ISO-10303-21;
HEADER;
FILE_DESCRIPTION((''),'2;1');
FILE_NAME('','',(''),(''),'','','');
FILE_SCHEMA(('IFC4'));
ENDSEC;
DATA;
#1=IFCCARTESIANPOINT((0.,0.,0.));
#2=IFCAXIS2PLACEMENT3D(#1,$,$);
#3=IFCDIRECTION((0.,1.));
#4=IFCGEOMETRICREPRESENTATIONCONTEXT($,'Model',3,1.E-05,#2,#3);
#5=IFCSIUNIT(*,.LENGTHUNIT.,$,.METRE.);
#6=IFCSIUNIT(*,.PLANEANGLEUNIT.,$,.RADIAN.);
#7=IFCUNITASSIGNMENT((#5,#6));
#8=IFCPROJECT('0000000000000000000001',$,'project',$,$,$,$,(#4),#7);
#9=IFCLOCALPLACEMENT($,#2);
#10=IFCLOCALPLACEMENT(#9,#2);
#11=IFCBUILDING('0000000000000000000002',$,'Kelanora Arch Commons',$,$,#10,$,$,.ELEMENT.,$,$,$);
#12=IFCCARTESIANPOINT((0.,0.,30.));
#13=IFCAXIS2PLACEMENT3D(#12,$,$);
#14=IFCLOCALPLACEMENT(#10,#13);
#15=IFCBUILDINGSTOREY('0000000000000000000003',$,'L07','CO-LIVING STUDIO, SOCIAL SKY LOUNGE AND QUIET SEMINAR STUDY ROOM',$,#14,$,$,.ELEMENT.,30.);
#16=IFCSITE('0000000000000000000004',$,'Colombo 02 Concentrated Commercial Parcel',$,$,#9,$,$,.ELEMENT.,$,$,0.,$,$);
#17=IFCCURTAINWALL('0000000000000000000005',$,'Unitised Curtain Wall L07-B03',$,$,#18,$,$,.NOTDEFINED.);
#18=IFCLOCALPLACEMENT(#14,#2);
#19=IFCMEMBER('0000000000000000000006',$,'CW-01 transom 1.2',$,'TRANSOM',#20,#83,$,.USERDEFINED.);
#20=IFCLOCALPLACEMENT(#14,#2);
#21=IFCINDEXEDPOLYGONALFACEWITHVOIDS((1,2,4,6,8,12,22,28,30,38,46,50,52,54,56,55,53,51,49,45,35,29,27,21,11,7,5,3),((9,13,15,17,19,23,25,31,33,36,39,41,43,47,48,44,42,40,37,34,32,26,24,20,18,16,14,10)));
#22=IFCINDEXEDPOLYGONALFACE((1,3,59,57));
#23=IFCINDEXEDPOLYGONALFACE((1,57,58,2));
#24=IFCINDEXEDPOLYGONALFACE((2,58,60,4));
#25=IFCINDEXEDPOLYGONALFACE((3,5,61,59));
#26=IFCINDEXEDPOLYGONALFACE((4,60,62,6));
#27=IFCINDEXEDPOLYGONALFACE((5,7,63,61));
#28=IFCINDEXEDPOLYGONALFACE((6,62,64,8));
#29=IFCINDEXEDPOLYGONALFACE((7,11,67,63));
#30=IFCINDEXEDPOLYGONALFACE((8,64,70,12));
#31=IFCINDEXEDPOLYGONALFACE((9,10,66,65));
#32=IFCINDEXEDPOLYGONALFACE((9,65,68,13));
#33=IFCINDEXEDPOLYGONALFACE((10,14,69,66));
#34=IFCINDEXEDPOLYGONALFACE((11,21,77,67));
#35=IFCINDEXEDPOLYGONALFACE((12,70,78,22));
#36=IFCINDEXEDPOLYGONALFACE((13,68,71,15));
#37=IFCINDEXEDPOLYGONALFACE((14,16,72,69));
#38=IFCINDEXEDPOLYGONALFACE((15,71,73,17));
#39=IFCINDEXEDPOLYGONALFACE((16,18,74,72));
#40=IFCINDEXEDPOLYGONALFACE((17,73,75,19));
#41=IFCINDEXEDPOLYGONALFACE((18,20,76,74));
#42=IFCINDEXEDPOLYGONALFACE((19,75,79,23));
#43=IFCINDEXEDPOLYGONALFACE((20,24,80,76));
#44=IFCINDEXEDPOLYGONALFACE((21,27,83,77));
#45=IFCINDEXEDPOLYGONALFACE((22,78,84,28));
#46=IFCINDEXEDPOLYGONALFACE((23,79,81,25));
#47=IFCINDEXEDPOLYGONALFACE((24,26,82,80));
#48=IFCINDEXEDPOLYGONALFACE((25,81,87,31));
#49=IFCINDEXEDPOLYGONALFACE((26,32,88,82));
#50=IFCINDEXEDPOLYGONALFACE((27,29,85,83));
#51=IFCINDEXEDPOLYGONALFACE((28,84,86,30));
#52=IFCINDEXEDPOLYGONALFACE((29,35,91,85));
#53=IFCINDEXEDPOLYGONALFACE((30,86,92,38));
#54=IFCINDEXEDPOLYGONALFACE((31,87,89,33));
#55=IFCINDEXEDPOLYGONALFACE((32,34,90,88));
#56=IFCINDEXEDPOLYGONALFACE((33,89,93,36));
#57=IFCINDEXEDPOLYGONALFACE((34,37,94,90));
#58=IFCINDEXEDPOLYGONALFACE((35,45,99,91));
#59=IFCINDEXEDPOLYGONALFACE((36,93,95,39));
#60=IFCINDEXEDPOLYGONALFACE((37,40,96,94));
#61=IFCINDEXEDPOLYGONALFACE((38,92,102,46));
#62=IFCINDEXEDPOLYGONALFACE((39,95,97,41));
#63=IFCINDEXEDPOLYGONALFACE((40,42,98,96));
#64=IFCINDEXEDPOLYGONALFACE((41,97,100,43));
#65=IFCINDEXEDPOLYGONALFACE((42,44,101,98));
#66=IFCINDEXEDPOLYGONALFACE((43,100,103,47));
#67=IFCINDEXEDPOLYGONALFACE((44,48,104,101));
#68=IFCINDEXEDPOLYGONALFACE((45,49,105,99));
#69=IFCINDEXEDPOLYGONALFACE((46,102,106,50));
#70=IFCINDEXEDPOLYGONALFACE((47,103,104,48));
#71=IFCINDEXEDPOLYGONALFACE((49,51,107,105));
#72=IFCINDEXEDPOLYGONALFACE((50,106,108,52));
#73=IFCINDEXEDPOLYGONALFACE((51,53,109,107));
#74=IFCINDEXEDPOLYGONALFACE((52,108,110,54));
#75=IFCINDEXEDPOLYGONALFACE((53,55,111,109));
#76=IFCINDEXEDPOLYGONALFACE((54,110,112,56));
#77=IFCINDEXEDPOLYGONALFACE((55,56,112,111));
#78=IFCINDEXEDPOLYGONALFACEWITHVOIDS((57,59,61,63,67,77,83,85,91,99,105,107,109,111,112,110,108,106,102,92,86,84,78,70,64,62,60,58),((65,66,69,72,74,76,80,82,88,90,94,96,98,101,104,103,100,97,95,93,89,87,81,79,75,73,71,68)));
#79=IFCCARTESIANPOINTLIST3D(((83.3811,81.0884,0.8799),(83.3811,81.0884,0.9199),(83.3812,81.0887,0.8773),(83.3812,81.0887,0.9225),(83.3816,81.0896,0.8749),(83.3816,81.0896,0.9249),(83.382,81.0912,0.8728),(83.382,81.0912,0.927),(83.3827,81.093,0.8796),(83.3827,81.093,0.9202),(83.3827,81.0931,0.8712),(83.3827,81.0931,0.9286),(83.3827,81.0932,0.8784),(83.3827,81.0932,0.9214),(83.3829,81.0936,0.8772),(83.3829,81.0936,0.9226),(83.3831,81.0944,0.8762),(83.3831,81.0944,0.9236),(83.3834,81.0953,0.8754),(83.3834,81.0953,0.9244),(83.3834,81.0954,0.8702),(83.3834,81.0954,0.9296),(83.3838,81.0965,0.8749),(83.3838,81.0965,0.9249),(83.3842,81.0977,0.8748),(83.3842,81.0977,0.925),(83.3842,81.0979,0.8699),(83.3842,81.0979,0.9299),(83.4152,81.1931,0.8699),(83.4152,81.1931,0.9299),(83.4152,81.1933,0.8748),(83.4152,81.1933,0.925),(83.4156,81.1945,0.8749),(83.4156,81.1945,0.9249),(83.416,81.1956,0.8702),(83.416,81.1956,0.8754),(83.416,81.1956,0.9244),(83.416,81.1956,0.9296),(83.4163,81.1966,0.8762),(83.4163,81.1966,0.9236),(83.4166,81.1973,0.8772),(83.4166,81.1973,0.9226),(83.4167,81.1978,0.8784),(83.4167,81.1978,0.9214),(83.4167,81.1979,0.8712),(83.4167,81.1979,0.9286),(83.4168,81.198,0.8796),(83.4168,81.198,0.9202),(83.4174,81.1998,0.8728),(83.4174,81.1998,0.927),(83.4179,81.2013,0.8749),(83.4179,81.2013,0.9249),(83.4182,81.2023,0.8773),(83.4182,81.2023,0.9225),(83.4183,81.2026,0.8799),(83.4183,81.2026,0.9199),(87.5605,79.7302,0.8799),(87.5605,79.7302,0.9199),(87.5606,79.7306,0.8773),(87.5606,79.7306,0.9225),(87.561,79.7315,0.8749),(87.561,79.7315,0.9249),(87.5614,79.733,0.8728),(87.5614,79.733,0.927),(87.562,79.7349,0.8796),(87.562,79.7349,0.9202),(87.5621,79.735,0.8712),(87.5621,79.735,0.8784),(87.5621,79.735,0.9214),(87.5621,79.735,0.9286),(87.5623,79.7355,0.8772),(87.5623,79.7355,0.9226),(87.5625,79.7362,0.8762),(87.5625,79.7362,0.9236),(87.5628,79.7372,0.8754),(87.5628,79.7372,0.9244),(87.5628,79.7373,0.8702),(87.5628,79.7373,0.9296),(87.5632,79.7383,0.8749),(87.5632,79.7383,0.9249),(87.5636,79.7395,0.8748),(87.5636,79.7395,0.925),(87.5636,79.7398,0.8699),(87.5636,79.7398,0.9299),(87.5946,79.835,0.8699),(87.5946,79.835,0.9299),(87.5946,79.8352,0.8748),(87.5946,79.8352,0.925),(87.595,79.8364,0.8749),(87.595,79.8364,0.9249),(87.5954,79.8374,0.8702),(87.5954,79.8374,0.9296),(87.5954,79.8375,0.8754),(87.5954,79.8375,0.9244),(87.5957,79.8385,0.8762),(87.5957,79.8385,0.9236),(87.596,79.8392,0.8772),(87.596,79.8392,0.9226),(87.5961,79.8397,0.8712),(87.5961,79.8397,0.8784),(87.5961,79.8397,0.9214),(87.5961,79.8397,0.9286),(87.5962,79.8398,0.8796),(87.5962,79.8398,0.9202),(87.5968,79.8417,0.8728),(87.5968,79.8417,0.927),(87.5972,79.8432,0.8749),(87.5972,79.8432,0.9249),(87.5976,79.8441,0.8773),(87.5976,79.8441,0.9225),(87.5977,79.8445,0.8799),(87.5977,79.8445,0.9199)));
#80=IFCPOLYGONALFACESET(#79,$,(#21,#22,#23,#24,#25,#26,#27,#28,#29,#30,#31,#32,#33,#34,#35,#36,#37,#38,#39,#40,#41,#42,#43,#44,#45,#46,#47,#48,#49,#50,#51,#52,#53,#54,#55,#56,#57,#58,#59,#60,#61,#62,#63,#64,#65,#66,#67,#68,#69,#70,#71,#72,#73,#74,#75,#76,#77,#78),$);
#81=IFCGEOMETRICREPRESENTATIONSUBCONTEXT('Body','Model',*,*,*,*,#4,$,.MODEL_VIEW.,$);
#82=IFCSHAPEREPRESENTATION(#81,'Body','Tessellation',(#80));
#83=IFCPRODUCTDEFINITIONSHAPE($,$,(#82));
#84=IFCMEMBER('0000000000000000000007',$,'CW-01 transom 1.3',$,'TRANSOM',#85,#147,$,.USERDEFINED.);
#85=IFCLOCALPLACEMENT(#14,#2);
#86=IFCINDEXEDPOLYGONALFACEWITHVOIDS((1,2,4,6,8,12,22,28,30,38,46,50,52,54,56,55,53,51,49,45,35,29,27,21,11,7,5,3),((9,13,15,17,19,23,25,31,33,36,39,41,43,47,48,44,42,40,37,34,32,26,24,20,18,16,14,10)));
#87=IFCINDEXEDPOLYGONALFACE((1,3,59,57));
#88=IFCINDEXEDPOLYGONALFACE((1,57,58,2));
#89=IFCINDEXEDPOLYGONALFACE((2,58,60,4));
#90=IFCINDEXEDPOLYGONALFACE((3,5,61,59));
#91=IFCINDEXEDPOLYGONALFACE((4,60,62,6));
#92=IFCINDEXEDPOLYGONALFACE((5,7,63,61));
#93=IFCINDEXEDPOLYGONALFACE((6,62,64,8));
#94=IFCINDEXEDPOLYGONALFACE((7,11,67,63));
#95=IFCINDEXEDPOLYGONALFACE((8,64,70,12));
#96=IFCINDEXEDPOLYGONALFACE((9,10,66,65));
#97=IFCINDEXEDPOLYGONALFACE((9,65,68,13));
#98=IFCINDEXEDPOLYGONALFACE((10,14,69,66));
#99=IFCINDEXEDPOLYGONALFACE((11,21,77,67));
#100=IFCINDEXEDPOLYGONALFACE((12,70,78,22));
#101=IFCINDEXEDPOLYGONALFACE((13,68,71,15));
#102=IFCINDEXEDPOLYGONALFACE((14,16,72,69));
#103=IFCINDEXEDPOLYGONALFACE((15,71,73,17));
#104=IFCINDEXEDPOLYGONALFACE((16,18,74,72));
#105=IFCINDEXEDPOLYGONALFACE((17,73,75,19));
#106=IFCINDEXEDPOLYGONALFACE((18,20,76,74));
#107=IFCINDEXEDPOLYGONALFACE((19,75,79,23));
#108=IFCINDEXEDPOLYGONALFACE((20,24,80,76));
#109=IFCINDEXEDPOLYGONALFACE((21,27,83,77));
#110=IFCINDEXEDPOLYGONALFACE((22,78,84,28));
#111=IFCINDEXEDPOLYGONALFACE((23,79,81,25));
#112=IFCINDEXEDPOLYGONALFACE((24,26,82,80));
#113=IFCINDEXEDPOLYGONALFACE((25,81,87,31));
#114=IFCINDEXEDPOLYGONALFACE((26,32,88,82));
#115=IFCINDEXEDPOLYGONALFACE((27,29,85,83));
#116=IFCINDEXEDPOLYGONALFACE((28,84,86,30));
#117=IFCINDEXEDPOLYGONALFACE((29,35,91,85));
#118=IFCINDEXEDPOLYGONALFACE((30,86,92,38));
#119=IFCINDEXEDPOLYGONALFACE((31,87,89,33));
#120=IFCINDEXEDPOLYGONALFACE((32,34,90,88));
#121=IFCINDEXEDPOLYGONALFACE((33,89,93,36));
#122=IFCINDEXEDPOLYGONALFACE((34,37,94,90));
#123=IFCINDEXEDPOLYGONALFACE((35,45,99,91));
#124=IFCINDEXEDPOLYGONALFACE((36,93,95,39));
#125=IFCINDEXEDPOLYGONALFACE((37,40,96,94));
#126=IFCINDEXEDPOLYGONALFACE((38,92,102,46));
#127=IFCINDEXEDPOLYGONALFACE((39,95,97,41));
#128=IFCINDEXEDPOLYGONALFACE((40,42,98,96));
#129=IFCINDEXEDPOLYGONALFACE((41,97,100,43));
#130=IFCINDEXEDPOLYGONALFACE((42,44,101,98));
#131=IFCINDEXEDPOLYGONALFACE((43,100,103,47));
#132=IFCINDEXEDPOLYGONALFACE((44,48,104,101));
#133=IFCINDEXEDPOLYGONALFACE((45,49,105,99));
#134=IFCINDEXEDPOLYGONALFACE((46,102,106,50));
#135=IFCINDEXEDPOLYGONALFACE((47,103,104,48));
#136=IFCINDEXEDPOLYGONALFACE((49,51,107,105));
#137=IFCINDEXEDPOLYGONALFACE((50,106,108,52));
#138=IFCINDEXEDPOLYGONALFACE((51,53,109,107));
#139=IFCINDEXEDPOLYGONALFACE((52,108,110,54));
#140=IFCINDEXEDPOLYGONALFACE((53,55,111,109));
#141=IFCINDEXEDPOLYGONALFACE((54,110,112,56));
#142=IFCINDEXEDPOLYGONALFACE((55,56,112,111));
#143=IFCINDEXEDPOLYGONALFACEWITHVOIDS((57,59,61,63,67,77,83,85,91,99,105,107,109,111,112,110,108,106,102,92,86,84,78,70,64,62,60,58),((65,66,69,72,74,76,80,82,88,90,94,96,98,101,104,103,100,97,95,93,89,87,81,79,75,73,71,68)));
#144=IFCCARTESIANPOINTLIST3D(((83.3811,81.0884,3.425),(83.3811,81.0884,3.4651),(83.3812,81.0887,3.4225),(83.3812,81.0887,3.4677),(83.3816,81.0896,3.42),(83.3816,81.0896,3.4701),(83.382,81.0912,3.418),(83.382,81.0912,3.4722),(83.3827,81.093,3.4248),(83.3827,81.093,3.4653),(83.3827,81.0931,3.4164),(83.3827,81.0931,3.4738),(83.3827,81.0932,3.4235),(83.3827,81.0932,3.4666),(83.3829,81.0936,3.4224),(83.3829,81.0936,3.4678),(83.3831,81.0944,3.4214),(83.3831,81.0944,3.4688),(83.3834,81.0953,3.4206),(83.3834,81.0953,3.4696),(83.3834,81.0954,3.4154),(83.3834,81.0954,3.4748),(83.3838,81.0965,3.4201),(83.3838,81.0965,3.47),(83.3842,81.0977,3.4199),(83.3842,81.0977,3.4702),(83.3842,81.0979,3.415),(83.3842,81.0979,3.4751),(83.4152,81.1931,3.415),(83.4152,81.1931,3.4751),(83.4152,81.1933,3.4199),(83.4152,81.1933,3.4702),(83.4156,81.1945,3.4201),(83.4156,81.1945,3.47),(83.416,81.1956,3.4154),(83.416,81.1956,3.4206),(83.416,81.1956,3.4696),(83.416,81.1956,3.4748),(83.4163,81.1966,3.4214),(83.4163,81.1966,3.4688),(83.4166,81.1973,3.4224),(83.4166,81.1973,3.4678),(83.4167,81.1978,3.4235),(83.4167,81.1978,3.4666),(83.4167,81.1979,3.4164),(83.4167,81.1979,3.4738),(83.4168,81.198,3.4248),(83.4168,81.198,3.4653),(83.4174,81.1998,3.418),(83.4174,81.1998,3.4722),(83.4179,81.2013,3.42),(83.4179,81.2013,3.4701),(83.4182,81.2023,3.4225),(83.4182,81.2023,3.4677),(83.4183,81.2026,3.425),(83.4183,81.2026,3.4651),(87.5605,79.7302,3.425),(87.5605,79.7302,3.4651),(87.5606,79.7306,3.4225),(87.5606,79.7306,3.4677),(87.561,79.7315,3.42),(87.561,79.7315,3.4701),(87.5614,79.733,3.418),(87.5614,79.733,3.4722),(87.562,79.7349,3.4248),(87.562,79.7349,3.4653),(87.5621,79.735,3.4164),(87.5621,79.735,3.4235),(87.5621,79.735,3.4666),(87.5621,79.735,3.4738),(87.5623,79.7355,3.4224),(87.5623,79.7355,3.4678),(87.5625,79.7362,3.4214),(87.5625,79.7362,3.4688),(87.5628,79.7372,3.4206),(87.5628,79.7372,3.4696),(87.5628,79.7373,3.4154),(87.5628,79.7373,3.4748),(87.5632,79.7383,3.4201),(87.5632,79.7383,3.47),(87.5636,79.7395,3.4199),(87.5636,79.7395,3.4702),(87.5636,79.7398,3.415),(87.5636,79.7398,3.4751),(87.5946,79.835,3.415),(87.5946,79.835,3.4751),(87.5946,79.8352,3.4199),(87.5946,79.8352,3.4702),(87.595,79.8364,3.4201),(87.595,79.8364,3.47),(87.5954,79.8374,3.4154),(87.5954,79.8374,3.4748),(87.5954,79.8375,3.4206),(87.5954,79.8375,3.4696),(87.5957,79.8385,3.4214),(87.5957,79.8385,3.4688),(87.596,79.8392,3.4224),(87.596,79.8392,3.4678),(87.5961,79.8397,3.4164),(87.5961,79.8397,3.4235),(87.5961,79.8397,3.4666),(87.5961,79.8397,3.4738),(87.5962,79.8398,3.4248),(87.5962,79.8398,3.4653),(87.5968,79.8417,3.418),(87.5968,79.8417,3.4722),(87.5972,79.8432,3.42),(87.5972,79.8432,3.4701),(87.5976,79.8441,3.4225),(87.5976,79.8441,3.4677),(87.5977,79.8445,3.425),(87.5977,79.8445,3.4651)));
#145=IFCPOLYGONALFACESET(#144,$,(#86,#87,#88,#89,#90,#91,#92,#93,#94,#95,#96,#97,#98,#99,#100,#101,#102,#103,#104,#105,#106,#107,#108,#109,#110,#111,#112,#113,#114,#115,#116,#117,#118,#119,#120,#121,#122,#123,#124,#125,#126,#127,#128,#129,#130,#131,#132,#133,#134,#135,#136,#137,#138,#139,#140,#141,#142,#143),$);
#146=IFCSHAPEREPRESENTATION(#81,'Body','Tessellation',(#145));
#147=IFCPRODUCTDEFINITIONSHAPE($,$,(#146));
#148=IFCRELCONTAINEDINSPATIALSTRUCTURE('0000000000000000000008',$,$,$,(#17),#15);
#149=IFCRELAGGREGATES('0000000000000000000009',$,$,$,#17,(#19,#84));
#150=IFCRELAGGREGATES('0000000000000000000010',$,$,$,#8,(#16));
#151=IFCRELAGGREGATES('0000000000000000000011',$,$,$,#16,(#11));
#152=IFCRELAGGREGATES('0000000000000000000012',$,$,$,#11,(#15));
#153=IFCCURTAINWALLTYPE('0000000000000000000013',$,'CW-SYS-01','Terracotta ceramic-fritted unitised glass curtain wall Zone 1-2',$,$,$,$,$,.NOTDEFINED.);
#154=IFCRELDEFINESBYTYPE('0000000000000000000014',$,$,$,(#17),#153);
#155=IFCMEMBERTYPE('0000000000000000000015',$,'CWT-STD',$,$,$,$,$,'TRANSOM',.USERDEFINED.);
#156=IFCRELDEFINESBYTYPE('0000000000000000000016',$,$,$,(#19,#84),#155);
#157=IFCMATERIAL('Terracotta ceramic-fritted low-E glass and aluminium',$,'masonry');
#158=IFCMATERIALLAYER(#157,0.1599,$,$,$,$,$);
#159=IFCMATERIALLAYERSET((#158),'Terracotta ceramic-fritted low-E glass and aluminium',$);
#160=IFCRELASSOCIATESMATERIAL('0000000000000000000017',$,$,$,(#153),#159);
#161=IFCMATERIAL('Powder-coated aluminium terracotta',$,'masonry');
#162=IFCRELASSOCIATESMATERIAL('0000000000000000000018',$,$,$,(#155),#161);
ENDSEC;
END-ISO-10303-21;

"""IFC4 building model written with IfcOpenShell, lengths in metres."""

from ifc_helpers import new_model, si_unit, direction, frame, origin, origin_2d, place, context, subcontext, project, spatial, hollow_rectangle, extrude, material, layer, layer_set, material_profile, profile_set, type_object, element, aggregate, save


model = new_model("IFC4")

# Units and contexts
model_context = context("Model", 3, precision=1e-05, world=origin(), true_north=direction((0.0, 1.0)))
body_context = subcontext(model_context, "Body", "Model", "MODEL_VIEW")
ifc_project = project(units=[si_unit("LENGTHUNIT", "METRE"), si_unit("PLANEANGLEUNIT", "RADIAN")], contexts=[model_context])

# Site, building, storey
site_placement = place(None, origin())
site = spatial("IfcSite", under=ifc_project, at=site_placement, Name="Colombo 02 Concentrated Commercial Parcel", CompositionType="ELEMENT", RefElevation=0.0)
building_placement = place(site_placement, origin())
building = spatial("IfcBuilding", under=site, at=building_placement, Name="Kelanora Arch Commons", CompositionType="ELEMENT")
storey_placement = place(building_placement, frame((0.0, 0.0, 30.0)))
storey = spatial("IfcBuildingStorey", under=building, at=storey_placement, Name="L07", Description="CO-LIVING STUDIO, SOCIAL SKY LOUNGE AND QUIET SEMINAR STUDY ROOM", CompositionType="ELEMENT", Elevation=30.0)

# Curtain wall, members
ifc_material_1 = material(Name="Terracotta ceramic-fritted low-E glass and aluminium", Category="masonry")
ifc_layer_1 = layer(ifc_material_1, 0.1599)
ifc_layer_set_1 = layer_set([ifc_layer_1], Name="Terracotta ceramic-fritted low-E glass and aluminium")
curtain_wall_type = type_object("IfcCurtainWallType", Name="CW-SYS-01", Description="Terracotta ceramic-fritted unitised glass curtain wall Zone 1-2", PredefinedType="NOTDEFINED", material=ifc_layer_set_1)
curtain_wall_placement = place(storey_placement, origin())
curtain_wall = element("IfcCurtainWall", 1, at=curtain_wall_placement, inside=storey, type_object=curtain_wall_type, Name="Unitised Curtain Wall L07-B03", PredefinedType="NOTDEFINED")
ifc_material_2 = material(Name="Powder-coated aluminium terracotta", Category="masonry")
ifc_material_profile_1 = material_profile(ifc_material_2, hollow_rectangle(XDim=0.1201, YDim=0.0601, WallThickness=0.0049, InnerFilletRadius=0.0049, OuterFilletRadius=0.01, at=origin_2d()), Name="CWT120x60")
ifc_profile_set_1 = profile_set([ifc_material_profile_1], Name="Powder-coated aluminium terracotta")
member_type_1 = type_object("IfcMemberType", Name="CWT-STD", ElementType="TRANSOM", PredefinedType="USERDEFINED", material=ifc_profile_set_1)
member_1_placement = place(storey_placement, frame((87.5791, 79.7874, 0.8999), z_axis=(-0.951045, 0.309052, 0.0), x_axis=(-0.309052, -0.951045, 0.0)))
member_1 = element("IfcMember", 2, at=member_1_placement, type_object=member_type_1, Name="CW-01 transom 1.2", ObjectType="TRANSOM", PredefinedType="USERDEFINED", context=body_context, shape_type="SweptSolid", body=[
    extrude(hollow_rectangle(XDim=0.1201, YDim=0.0601, WallThickness=0.0049, InnerFilletRadius=0.0049, OuterFilletRadius=0.01, at=origin_2d()), origin(), (0.0, 0.0, 1.0), 4.3945),
])
member_2_placement = place(storey_placement, frame((87.5791, 79.7874, 3.4451), z_axis=(-0.951045, 0.309052, 0.0), x_axis=(-0.309052, -0.951045, 0.0)))
member_2 = element("IfcMember", 3, at=member_2_placement, type_object=member_type_1, Name="CW-01 transom 1.3", ObjectType="TRANSOM", PredefinedType="USERDEFINED", context=body_context, shape_type="SweptSolid", body=[
    extrude(hollow_rectangle(XDim=0.1201, YDim=0.0601, WallThickness=0.0049, InnerFilletRadius=0.0049, OuterFilletRadius=0.01, at=origin_2d()), origin(), (0.0, 0.0, 1.0), 4.3945),
])
aggregate(curtain_wall, [member_1, member_2])

save(model, "model.ifc")
